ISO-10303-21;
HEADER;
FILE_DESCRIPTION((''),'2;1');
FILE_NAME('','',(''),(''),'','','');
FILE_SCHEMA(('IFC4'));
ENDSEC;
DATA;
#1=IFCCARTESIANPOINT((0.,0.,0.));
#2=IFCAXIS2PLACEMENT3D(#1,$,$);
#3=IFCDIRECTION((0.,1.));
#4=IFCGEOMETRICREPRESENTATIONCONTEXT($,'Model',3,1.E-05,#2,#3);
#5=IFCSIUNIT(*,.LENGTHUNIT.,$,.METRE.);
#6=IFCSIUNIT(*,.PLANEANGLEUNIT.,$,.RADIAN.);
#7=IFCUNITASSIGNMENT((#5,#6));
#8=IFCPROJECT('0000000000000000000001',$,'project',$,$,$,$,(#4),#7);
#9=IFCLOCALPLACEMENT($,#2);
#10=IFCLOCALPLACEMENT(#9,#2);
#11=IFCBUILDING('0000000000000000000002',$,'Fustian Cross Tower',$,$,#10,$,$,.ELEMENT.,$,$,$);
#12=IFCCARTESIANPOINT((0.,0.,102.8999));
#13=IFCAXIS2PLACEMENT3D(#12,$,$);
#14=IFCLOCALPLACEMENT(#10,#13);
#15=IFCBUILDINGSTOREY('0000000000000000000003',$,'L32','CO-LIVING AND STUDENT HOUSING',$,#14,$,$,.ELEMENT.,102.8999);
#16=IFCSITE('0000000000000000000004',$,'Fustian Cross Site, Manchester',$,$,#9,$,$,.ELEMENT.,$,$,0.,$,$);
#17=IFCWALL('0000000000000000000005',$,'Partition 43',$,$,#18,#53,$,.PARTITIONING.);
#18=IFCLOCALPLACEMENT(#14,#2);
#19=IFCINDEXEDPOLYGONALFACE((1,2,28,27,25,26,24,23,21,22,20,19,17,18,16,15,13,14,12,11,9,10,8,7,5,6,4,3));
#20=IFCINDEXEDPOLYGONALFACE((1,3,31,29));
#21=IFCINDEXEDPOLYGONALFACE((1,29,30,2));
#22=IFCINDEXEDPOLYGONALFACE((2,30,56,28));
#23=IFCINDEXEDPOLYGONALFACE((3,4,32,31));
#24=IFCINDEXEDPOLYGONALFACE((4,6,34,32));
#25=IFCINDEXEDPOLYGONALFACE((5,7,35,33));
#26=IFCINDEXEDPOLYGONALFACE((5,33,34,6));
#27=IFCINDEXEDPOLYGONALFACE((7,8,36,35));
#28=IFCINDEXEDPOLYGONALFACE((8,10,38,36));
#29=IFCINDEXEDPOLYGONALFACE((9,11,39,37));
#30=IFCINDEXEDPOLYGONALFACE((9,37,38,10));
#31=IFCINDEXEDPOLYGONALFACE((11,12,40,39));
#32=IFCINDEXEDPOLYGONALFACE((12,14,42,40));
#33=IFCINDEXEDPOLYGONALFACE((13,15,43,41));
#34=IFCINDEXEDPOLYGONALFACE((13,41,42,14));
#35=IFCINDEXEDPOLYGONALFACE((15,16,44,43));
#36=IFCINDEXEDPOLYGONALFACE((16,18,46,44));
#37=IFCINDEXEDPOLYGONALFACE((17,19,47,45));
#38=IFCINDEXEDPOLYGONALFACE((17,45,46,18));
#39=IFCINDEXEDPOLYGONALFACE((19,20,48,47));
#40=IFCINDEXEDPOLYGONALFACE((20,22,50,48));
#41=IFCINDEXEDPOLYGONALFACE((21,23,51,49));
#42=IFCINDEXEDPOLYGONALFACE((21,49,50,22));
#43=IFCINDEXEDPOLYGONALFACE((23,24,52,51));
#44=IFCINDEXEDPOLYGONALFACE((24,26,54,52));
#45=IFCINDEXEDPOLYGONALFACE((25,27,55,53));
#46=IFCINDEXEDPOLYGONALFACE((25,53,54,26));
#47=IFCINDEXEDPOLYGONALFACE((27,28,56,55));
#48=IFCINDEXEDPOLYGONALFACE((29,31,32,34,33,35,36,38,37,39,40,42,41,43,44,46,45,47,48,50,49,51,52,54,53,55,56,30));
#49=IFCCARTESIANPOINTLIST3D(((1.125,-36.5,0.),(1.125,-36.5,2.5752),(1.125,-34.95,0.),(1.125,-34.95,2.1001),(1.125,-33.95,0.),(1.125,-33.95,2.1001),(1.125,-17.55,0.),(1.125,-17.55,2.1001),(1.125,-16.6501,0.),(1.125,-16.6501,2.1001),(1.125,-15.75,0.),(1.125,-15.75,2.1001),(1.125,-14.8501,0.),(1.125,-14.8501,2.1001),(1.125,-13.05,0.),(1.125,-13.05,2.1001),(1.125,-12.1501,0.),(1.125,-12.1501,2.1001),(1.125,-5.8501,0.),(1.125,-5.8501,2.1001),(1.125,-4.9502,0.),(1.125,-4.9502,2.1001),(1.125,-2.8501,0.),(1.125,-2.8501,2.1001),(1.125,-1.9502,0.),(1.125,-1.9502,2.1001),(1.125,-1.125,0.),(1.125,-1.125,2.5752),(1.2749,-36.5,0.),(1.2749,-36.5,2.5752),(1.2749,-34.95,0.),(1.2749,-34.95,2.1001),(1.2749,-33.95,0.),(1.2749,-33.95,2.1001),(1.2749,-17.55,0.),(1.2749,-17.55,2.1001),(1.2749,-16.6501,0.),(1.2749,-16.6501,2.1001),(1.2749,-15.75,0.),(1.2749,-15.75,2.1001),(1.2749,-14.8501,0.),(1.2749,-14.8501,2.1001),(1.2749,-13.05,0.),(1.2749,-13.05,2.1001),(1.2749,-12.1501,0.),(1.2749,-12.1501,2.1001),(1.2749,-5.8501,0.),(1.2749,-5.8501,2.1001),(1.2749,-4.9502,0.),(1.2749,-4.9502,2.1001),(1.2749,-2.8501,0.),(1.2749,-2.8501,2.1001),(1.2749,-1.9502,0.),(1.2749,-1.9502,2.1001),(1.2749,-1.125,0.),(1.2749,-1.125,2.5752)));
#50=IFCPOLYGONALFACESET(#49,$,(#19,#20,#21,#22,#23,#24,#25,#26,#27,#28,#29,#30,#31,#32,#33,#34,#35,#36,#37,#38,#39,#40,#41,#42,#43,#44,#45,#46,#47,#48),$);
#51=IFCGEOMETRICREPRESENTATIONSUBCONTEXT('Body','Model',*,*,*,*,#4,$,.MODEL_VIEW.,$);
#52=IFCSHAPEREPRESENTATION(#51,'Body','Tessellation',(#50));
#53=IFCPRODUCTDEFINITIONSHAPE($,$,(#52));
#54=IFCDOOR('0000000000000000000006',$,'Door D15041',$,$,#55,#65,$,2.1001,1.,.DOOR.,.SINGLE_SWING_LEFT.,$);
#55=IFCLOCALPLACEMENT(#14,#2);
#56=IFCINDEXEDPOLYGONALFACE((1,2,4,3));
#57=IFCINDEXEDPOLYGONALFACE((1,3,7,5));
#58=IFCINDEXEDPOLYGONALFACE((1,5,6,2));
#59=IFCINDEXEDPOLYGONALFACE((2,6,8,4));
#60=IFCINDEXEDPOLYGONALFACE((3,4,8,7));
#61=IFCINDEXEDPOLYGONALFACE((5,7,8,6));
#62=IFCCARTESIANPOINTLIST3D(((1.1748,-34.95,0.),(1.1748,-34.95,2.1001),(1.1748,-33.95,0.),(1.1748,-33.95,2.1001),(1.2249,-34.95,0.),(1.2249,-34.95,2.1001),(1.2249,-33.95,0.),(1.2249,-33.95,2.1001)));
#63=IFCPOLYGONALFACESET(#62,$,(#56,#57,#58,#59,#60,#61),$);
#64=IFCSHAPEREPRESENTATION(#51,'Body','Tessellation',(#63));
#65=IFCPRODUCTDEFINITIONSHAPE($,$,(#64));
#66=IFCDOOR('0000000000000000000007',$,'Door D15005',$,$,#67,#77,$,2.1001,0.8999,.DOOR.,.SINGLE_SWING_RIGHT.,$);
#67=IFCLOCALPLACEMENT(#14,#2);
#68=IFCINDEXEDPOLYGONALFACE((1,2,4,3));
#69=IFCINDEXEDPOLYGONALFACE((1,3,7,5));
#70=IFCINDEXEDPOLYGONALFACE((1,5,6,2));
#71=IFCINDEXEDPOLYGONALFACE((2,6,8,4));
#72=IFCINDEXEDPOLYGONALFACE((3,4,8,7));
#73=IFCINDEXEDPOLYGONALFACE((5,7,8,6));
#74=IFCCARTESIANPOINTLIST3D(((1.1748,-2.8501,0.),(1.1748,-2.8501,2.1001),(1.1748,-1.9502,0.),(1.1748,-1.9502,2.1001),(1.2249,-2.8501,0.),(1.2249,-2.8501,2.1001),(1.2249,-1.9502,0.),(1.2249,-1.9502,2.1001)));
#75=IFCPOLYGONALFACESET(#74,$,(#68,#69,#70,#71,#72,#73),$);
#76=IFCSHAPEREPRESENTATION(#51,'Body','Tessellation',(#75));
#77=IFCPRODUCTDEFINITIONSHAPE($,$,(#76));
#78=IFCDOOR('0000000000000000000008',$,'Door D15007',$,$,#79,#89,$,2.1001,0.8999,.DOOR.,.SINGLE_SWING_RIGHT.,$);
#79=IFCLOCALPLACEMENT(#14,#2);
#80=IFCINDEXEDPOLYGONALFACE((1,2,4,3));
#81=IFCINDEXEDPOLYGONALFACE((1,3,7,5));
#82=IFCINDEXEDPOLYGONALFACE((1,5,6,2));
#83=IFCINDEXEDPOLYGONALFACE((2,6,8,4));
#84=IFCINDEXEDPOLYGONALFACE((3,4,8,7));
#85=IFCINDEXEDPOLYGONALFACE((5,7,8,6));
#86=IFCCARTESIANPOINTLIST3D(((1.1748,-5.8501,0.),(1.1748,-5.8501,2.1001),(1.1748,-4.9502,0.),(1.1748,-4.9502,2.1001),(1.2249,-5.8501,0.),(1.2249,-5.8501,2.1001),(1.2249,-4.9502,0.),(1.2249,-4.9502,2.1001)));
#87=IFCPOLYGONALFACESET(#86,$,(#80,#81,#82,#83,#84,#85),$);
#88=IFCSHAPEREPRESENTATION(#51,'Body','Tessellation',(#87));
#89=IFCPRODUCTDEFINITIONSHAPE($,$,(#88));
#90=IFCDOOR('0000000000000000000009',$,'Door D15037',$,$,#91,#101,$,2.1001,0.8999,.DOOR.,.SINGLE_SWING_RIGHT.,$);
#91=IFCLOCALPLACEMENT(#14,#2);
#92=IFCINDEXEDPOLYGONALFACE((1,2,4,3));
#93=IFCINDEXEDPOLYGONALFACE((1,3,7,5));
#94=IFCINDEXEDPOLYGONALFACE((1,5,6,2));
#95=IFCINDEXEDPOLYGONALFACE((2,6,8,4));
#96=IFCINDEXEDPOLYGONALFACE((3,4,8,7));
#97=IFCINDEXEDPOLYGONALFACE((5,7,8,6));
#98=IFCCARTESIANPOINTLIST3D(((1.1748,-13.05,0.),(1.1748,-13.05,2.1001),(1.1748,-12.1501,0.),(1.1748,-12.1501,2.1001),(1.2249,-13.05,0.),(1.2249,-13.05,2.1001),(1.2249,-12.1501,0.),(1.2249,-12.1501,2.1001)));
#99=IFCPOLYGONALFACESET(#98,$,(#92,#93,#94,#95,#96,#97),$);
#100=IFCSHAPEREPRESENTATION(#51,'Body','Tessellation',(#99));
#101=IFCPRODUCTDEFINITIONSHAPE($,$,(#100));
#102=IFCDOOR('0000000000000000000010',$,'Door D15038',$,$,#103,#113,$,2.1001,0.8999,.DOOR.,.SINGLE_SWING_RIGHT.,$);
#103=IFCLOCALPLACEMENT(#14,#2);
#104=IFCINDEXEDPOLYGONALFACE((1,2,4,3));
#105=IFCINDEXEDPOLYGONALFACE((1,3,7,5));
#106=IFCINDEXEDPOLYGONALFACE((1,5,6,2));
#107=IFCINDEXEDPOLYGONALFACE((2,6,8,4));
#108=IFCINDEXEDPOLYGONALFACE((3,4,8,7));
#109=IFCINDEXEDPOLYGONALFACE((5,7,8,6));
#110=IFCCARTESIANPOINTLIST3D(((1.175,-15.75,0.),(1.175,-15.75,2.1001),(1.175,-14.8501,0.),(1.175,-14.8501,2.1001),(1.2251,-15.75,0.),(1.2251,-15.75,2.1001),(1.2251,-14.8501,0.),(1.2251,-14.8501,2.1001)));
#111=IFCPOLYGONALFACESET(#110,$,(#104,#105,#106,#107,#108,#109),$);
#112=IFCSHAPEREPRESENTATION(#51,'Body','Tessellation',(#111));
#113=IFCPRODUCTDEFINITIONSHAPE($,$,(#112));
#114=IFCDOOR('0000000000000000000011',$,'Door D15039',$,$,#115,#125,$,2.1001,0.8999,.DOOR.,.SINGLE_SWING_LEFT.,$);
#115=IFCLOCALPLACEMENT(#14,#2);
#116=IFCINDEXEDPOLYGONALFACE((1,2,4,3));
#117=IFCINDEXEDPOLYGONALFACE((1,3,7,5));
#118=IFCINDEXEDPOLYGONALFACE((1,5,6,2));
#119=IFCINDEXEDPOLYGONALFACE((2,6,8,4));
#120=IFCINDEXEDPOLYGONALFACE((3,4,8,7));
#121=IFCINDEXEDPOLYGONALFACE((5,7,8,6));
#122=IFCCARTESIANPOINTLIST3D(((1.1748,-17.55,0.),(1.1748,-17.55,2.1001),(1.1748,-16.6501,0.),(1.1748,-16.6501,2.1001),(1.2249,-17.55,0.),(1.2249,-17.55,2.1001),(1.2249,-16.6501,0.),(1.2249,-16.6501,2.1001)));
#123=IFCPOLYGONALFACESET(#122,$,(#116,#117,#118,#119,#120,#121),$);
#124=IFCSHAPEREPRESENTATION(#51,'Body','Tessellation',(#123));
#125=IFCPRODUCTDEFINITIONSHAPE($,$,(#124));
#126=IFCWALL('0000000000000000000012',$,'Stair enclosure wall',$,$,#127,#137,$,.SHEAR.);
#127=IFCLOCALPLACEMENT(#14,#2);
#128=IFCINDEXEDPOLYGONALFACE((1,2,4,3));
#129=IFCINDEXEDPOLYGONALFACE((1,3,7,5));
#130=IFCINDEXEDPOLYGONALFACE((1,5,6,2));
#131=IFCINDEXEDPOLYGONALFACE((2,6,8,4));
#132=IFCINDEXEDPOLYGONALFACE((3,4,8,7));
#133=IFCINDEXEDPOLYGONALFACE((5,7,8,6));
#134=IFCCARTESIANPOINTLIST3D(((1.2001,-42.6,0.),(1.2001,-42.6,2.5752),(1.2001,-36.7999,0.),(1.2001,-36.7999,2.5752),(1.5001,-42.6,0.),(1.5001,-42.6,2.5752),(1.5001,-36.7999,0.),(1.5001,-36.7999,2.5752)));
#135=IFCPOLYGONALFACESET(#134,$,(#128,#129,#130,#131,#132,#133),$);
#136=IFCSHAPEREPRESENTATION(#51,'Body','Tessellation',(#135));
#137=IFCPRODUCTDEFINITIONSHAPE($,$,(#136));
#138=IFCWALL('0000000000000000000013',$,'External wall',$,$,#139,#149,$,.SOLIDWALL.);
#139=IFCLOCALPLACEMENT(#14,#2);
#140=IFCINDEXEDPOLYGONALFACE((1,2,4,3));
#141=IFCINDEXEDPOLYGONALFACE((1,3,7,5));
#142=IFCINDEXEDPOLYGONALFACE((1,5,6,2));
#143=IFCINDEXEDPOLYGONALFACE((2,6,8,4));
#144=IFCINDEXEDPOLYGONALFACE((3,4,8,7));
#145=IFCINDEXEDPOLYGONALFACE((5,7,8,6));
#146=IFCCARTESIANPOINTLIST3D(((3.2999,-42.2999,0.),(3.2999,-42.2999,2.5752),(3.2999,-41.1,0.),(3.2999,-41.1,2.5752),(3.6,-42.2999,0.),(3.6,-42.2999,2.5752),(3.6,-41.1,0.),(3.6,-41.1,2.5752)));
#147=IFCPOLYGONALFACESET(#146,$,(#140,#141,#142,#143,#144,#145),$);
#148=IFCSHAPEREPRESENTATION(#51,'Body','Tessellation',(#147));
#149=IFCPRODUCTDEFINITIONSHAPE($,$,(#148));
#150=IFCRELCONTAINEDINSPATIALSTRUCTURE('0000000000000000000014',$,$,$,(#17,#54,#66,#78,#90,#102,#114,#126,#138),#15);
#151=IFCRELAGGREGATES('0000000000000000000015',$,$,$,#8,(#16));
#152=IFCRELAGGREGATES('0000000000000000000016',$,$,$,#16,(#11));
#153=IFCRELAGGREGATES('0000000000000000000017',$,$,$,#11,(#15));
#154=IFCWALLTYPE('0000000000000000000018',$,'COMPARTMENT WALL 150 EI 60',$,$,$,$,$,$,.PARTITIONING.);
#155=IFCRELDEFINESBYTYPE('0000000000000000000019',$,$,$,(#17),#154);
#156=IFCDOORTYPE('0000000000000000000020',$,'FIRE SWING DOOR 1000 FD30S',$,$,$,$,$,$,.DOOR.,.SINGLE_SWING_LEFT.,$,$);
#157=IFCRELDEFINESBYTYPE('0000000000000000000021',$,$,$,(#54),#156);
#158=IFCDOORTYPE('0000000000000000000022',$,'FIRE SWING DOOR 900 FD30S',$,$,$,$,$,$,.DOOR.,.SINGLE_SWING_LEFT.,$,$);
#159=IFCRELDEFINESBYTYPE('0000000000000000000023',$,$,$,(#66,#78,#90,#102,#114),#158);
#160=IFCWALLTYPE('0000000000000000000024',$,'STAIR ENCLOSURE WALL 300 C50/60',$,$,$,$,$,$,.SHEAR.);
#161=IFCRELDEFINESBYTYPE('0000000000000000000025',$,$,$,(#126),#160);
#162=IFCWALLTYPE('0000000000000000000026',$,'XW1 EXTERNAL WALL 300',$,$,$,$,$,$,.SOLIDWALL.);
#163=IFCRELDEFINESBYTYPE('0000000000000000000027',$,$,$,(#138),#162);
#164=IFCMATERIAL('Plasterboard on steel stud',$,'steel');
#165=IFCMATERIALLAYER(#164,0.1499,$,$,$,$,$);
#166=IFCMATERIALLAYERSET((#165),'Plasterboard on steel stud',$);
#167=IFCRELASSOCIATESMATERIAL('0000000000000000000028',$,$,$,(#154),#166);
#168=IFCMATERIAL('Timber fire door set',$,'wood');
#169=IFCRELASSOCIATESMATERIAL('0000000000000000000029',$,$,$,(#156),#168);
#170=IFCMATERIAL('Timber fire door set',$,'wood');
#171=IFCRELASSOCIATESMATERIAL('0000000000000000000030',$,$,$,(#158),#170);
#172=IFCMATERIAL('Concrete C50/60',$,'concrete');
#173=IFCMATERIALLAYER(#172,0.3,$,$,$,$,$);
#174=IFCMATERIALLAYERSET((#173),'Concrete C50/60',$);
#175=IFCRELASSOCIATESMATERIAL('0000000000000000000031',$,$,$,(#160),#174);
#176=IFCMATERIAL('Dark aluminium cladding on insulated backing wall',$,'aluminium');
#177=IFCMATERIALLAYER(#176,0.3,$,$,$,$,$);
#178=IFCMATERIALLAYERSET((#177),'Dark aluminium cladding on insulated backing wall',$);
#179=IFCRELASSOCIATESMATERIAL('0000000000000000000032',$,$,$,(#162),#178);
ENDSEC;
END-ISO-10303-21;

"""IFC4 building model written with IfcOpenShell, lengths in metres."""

from ifc_helpers import new_model, si_unit, direction, frame, frame_2d, origin, place, context, subcontext, project, spatial, rectangle, extrude, material, layer, layer_set, type_object, element, fill, save


model = new_model("IFC4")

# Units and contexts
model_context = context("Model", 3, precision=1e-05, world=origin(), true_north=direction((0.0, 1.0)))
body_context = subcontext(model_context, "Body", "Model", "MODEL_VIEW")
ifc_project = project(units=[si_unit("LENGTHUNIT", "METRE"), si_unit("PLANEANGLEUNIT", "RADIAN")], contexts=[model_context])

# Site, building, storey
site_placement = place(None, origin())
site = spatial("IfcSite", under=ifc_project, at=site_placement, Name="Fustian Cross Site, Manchester", CompositionType="ELEMENT", RefElevation=0.0)
building_placement = place(site_placement, origin())
building = spatial("IfcBuilding", under=site, at=building_placement, Name="Fustian Cross Tower", CompositionType="ELEMENT")
storey_placement = place(building_placement, frame((0.0, 0.0, 102.8999)))
storey = spatial("IfcBuildingStorey", under=building, at=storey_placement, Name="L32", Description="CO-LIVING AND STUDENT HOUSING", CompositionType="ELEMENT", Elevation=102.8999)

# Wall, openings, doors
ifc_material_1 = material(Name="Plasterboard on steel stud", Category="steel")
ifc_layer_1 = layer(ifc_material_1, 0.1499)
ifc_layer_set_1 = layer_set([ifc_layer_1], Name="Plasterboard on steel stud")
wall_type_1 = type_object("IfcWallType", Name="COMPARTMENT WALL 150 EI 60", PredefinedType="PARTITIONING", material=ifc_layer_set_1)
wall_1_placement = place(storey_placement, frame((1.2, -36.5, 0.0), z_axis=(0.0, 0.0, 1.0), x_axis=(0.0, 1.0, 0.0)))
wall_1 = element("IfcWall", 1, at=wall_1_placement, inside=storey, type_object=wall_type_1, Name="Partition 43", PredefinedType="PARTITIONING", context=body_context, shape_type="SweptSolid", body=[
    extrude(rectangle(XDim=35.375, YDim=0.1499, at=frame_2d((17.6875, 0.0))), origin(), (0.0, 0.0, 1.0), 2.5752),
])
opening_1_placement = place(wall_1_placement, frame((33.6499, 0.0, 0.0)))
opening_1 = element("IfcOpeningElement", 2, at=opening_1_placement, cuts=wall_1, PredefinedType="OPENING", context=body_context, shape_type="SweptSolid", body=[
    extrude(rectangle(XDim=0.8999, YDim=2.1001, at=frame_2d((0.45, 1.05))), frame((0.0, 0.085, 0.0), z_axis=(0.0, -1.0, 0.0), x_axis=(1.0, 0.0, 0.0)), (0.0, 0.0, 1.0), 0.1699),
])
opening_2_placement = place(wall_1_placement, frame((30.6499, 0.0, 0.0)))
opening_2 = element("IfcOpeningElement", 3, at=opening_2_placement, cuts=wall_1, PredefinedType="OPENING", context=body_context, shape_type="SweptSolid", body=[
    extrude(rectangle(XDim=0.8999, YDim=2.1001, at=frame_2d((0.45, 1.05))), frame((0.0, 0.085, 0.0), z_axis=(0.0, -1.0, 0.0), x_axis=(1.0, 0.0, 0.0)), (0.0, 0.0, 1.0), 0.1699),
])
opening_3_placement = place(wall_1_placement, frame((23.45, 0.0, 0.0)))
opening_3 = element("IfcOpeningElement", 4, at=opening_3_placement, cuts=wall_1, PredefinedType="OPENING", context=body_context, shape_type="SweptSolid", body=[
    extrude(rectangle(XDim=0.8999, YDim=2.1001, at=frame_2d((0.45, 1.05))), frame((0.0, 0.085, 0.0), z_axis=(0.0, -1.0, 0.0), x_axis=(1.0, 0.0, 0.0)), (0.0, 0.0, 1.0), 0.1699),
])
opening_4_placement = place(wall_1_placement, frame((20.75, 0.0, 0.0)))
opening_4 = element("IfcOpeningElement", 5, at=opening_4_placement, cuts=wall_1, PredefinedType="OPENING", context=body_context, shape_type="SweptSolid", body=[
    extrude(rectangle(XDim=0.8999, YDim=2.1001, at=frame_2d((0.45, 1.05))), frame((0.0, 0.085, 0.0), z_axis=(0.0, -1.0, 0.0), x_axis=(1.0, 0.0, 0.0)), (0.0, 0.0, 1.0), 0.1699),
])
opening_5_placement = place(wall_1_placement, frame((18.95, 0.0, 0.0)))
opening_5 = element("IfcOpeningElement", 6, at=opening_5_placement, cuts=wall_1, PredefinedType="OPENING", context=body_context, shape_type="SweptSolid", body=[
    extrude(rectangle(XDim=0.8999, YDim=2.1001, at=frame_2d((0.45, 1.05))), frame((0.0, 0.085, 0.0), z_axis=(0.0, -1.0, 0.0), x_axis=(1.0, 0.0, 0.0)), (0.0, 0.0, 1.0), 0.1699),
])
opening_6_placement = place(wall_1_placement, frame((1.55, 0.0, 0.0)))
opening_6 = element("IfcOpeningElement", 7, at=opening_6_placement, cuts=wall_1, PredefinedType="OPENING", context=body_context, shape_type="SweptSolid", body=[
    extrude(rectangle(XDim=1.0, YDim=2.1001, at=frame_2d((0.5, 1.05))), frame((0.0, 0.085, 0.0), z_axis=(0.0, -1.0, 0.0), x_axis=(1.0, 0.0, 0.0)), (0.0, 0.0, 1.0), 0.1699),
])
ifc_material_2 = material(Name="Timber fire door set", Category="wood")
door_type_1 = type_object("IfcDoorType", Name="FIRE SWING DOOR 1000 FD30S", OperationType="SINGLE_SWING_LEFT", PredefinedType="DOOR", material=ifc_material_2)
door_1_placement = place(opening_6_placement, frame((1.0, 0.0, 0.0), z_axis=(0.0, 0.0, 1.0), x_axis=(-1.0, 0.0, 0.0)))
door_1 = element("IfcDoor", 8, at=door_1_placement, inside=storey, type_object=door_type_1, Name="Door D15041", OperationType="SINGLE_SWING_LEFT", OverallHeight=2.1001, OverallWidth=1.0, PredefinedType="DOOR", context=body_context, shape_type="SweptSolid", body=[
    extrude(rectangle(XDim=1.0, YDim=2.1001, at=frame_2d((0.5, 1.05))), frame((0.0, 0.0249, 0.0), z_axis=(0.0, -1.0, 0.0), x_axis=(1.0, 0.0, 0.0)), (0.0, 0.0, 1.0), 0.05),
])
fill(opening_6, door_1)
ifc_material_3 = material(Name="Timber fire door set", Category="wood")
door_type_2 = type_object("IfcDoorType", Name="FIRE SWING DOOR 900 FD30S", OperationType="SINGLE_SWING_LEFT", PredefinedType="DOOR", material=ifc_material_3)
door_2_placement = place(opening_1_placement, frame((0.8999, 0.0, 0.0), z_axis=(0.0, 0.0, 1.0), x_axis=(-1.0, 0.0, 0.0)))
door_2 = element("IfcDoor", 9, at=door_2_placement, inside=storey, type_object=door_type_2, Name="Door D15005", OperationType="SINGLE_SWING_RIGHT", OverallHeight=2.1001, OverallWidth=0.8999, PredefinedType="DOOR", context=body_context, shape_type="SweptSolid", body=[
    extrude(rectangle(XDim=0.8999, YDim=2.1001, at=frame_2d((0.45, 1.05))), frame((0.0, 0.0249, 0.0), z_axis=(0.0, -1.0, 0.0), x_axis=(1.0, 0.0, 0.0)), (0.0, 0.0, 1.0), 0.05),
])
fill(opening_1, door_2)
door_3_placement = place(opening_2_placement, frame((0.8999, 0.0, 0.0), z_axis=(0.0, 0.0, 1.0), x_axis=(-1.0, 0.0, 0.0)))
door_3 = element("IfcDoor", 10, at=door_3_placement, inside=storey, type_object=door_type_2, Name="Door D15007", OperationType="SINGLE_SWING_RIGHT", OverallHeight=2.1001, OverallWidth=0.8999, PredefinedType="DOOR", context=body_context, shape_type="SweptSolid", body=[
    extrude(rectangle(XDim=0.8999, YDim=2.1001, at=frame_2d((0.45, 1.05))), frame((0.0, 0.0249, 0.0), z_axis=(0.0, -1.0, 0.0), x_axis=(1.0, 0.0, 0.0)), (0.0, 0.0, 1.0), 0.05),
])
fill(opening_2, door_3)
door_4_placement = place(opening_3_placement, frame((0.8999, 0.0, 0.0), z_axis=(0.0, 0.0, 1.0), x_axis=(-1.0, 0.0, 0.0)))
door_4 = element("IfcDoor", 11, at=door_4_placement, inside=storey, type_object=door_type_2, Name="Door D15037", OperationType="SINGLE_SWING_RIGHT", OverallHeight=2.1001, OverallWidth=0.8999, PredefinedType="DOOR", context=body_context, shape_type="SweptSolid", body=[
    extrude(rectangle(XDim=0.8999, YDim=2.1001, at=frame_2d((0.45, 1.05))), frame((0.0, 0.0249, 0.0), z_axis=(0.0, -1.0, 0.0), x_axis=(1.0, 0.0, 0.0)), (0.0, 0.0, 1.0), 0.05),
])
fill(opening_3, door_4)
door_5_placement = place(opening_4_placement, origin())
door_5 = element("IfcDoor", 12, at=door_5_placement, inside=storey, type_object=door_type_2, Name="Door D15038", OperationType="SINGLE_SWING_RIGHT", OverallHeight=2.1001, OverallWidth=0.8999, PredefinedType="DOOR", context=body_context, shape_type="SweptSolid", body=[
    extrude(rectangle(XDim=0.8999, YDim=2.1001, at=frame_2d((0.45, 1.05))), frame((0.0, 0.0249, 0.0), z_axis=(0.0, -1.0, 0.0), x_axis=(1.0, 0.0, 0.0)), (0.0, 0.0, 1.0), 0.05),
])
fill(opening_4, door_5)
door_6_placement = place(opening_5_placement, frame((0.8999, 0.0, 0.0), z_axis=(0.0, 0.0, 1.0), x_axis=(-1.0, 0.0, 0.0)))
door_6 = element("IfcDoor", 13, at=door_6_placement, inside=storey, type_object=door_type_2, Name="Door D15039", OperationType="SINGLE_SWING_LEFT", OverallHeight=2.1001, OverallWidth=0.8999, PredefinedType="DOOR", context=body_context, shape_type="SweptSolid", body=[
    extrude(rectangle(XDim=0.8999, YDim=2.1001, at=frame_2d((0.45, 1.05))), frame((0.0, 0.0249, 0.0), z_axis=(0.0, -1.0, 0.0), x_axis=(1.0, 0.0, 0.0)), (0.0, 0.0, 1.0), 0.05),
])
fill(opening_5, door_6)

# Walls
ifc_material_4 = material(Name="Concrete C50/60", Category="concrete")
ifc_layer_2 = layer(ifc_material_4, 0.3)
ifc_layer_set_2 = layer_set([ifc_layer_2], Name="Concrete C50/60")
wall_type_2 = type_object("IfcWallType", Name="STAIR ENCLOSURE WALL 300 C50/60", PredefinedType="SHEAR", material=ifc_layer_set_2)
wall_2_placement = place(storey_placement, frame((1.3501, -36.8, 0.0), z_axis=(0.0, 0.0, 1.0), x_axis=(0.0, -1.0, 0.0)))
element("IfcWall", 14, at=wall_2_placement, inside=storey, type_object=wall_type_2, Name="Stair enclosure wall", PredefinedType="SHEAR", context=body_context, shape_type="SweptSolid", body=[
    extrude(rectangle(XDim=5.8, YDim=0.3, at=frame_2d((2.8999, 0.0))), origin(), (0.0, 0.0, 1.0), 2.5752),
])
ifc_material_5 = material(Name="Dark aluminium cladding on insulated backing wall", Category="aluminium")
ifc_layer_3 = layer(ifc_material_5, 0.3)
ifc_layer_set_3 = layer_set([ifc_layer_3], Name="Dark aluminium cladding on insulated backing wall")
wall_type_3 = type_object("IfcWallType", Name="XW1 EXTERNAL WALL 300", PredefinedType="SOLIDWALL", material=ifc_layer_set_3)
wall_3_placement = place(storey_placement, frame((3.45, -42.3, 0.0), z_axis=(0.0, 0.0, 1.0), x_axis=(0.0, 1.0, 0.0)))
element("IfcWall", 15, at=wall_3_placement, inside=storey, type_object=wall_type_3, Name="External wall", PredefinedType="SOLIDWALL", context=body_context, shape_type="SweptSolid", body=[
    extrude(rectangle(XDim=1.2, YDim=0.3, at=frame_2d((0.6001, 0.0))), origin(), (0.0, 0.0, 1.0), 2.5752),
])

save(model, "model.ifc")
